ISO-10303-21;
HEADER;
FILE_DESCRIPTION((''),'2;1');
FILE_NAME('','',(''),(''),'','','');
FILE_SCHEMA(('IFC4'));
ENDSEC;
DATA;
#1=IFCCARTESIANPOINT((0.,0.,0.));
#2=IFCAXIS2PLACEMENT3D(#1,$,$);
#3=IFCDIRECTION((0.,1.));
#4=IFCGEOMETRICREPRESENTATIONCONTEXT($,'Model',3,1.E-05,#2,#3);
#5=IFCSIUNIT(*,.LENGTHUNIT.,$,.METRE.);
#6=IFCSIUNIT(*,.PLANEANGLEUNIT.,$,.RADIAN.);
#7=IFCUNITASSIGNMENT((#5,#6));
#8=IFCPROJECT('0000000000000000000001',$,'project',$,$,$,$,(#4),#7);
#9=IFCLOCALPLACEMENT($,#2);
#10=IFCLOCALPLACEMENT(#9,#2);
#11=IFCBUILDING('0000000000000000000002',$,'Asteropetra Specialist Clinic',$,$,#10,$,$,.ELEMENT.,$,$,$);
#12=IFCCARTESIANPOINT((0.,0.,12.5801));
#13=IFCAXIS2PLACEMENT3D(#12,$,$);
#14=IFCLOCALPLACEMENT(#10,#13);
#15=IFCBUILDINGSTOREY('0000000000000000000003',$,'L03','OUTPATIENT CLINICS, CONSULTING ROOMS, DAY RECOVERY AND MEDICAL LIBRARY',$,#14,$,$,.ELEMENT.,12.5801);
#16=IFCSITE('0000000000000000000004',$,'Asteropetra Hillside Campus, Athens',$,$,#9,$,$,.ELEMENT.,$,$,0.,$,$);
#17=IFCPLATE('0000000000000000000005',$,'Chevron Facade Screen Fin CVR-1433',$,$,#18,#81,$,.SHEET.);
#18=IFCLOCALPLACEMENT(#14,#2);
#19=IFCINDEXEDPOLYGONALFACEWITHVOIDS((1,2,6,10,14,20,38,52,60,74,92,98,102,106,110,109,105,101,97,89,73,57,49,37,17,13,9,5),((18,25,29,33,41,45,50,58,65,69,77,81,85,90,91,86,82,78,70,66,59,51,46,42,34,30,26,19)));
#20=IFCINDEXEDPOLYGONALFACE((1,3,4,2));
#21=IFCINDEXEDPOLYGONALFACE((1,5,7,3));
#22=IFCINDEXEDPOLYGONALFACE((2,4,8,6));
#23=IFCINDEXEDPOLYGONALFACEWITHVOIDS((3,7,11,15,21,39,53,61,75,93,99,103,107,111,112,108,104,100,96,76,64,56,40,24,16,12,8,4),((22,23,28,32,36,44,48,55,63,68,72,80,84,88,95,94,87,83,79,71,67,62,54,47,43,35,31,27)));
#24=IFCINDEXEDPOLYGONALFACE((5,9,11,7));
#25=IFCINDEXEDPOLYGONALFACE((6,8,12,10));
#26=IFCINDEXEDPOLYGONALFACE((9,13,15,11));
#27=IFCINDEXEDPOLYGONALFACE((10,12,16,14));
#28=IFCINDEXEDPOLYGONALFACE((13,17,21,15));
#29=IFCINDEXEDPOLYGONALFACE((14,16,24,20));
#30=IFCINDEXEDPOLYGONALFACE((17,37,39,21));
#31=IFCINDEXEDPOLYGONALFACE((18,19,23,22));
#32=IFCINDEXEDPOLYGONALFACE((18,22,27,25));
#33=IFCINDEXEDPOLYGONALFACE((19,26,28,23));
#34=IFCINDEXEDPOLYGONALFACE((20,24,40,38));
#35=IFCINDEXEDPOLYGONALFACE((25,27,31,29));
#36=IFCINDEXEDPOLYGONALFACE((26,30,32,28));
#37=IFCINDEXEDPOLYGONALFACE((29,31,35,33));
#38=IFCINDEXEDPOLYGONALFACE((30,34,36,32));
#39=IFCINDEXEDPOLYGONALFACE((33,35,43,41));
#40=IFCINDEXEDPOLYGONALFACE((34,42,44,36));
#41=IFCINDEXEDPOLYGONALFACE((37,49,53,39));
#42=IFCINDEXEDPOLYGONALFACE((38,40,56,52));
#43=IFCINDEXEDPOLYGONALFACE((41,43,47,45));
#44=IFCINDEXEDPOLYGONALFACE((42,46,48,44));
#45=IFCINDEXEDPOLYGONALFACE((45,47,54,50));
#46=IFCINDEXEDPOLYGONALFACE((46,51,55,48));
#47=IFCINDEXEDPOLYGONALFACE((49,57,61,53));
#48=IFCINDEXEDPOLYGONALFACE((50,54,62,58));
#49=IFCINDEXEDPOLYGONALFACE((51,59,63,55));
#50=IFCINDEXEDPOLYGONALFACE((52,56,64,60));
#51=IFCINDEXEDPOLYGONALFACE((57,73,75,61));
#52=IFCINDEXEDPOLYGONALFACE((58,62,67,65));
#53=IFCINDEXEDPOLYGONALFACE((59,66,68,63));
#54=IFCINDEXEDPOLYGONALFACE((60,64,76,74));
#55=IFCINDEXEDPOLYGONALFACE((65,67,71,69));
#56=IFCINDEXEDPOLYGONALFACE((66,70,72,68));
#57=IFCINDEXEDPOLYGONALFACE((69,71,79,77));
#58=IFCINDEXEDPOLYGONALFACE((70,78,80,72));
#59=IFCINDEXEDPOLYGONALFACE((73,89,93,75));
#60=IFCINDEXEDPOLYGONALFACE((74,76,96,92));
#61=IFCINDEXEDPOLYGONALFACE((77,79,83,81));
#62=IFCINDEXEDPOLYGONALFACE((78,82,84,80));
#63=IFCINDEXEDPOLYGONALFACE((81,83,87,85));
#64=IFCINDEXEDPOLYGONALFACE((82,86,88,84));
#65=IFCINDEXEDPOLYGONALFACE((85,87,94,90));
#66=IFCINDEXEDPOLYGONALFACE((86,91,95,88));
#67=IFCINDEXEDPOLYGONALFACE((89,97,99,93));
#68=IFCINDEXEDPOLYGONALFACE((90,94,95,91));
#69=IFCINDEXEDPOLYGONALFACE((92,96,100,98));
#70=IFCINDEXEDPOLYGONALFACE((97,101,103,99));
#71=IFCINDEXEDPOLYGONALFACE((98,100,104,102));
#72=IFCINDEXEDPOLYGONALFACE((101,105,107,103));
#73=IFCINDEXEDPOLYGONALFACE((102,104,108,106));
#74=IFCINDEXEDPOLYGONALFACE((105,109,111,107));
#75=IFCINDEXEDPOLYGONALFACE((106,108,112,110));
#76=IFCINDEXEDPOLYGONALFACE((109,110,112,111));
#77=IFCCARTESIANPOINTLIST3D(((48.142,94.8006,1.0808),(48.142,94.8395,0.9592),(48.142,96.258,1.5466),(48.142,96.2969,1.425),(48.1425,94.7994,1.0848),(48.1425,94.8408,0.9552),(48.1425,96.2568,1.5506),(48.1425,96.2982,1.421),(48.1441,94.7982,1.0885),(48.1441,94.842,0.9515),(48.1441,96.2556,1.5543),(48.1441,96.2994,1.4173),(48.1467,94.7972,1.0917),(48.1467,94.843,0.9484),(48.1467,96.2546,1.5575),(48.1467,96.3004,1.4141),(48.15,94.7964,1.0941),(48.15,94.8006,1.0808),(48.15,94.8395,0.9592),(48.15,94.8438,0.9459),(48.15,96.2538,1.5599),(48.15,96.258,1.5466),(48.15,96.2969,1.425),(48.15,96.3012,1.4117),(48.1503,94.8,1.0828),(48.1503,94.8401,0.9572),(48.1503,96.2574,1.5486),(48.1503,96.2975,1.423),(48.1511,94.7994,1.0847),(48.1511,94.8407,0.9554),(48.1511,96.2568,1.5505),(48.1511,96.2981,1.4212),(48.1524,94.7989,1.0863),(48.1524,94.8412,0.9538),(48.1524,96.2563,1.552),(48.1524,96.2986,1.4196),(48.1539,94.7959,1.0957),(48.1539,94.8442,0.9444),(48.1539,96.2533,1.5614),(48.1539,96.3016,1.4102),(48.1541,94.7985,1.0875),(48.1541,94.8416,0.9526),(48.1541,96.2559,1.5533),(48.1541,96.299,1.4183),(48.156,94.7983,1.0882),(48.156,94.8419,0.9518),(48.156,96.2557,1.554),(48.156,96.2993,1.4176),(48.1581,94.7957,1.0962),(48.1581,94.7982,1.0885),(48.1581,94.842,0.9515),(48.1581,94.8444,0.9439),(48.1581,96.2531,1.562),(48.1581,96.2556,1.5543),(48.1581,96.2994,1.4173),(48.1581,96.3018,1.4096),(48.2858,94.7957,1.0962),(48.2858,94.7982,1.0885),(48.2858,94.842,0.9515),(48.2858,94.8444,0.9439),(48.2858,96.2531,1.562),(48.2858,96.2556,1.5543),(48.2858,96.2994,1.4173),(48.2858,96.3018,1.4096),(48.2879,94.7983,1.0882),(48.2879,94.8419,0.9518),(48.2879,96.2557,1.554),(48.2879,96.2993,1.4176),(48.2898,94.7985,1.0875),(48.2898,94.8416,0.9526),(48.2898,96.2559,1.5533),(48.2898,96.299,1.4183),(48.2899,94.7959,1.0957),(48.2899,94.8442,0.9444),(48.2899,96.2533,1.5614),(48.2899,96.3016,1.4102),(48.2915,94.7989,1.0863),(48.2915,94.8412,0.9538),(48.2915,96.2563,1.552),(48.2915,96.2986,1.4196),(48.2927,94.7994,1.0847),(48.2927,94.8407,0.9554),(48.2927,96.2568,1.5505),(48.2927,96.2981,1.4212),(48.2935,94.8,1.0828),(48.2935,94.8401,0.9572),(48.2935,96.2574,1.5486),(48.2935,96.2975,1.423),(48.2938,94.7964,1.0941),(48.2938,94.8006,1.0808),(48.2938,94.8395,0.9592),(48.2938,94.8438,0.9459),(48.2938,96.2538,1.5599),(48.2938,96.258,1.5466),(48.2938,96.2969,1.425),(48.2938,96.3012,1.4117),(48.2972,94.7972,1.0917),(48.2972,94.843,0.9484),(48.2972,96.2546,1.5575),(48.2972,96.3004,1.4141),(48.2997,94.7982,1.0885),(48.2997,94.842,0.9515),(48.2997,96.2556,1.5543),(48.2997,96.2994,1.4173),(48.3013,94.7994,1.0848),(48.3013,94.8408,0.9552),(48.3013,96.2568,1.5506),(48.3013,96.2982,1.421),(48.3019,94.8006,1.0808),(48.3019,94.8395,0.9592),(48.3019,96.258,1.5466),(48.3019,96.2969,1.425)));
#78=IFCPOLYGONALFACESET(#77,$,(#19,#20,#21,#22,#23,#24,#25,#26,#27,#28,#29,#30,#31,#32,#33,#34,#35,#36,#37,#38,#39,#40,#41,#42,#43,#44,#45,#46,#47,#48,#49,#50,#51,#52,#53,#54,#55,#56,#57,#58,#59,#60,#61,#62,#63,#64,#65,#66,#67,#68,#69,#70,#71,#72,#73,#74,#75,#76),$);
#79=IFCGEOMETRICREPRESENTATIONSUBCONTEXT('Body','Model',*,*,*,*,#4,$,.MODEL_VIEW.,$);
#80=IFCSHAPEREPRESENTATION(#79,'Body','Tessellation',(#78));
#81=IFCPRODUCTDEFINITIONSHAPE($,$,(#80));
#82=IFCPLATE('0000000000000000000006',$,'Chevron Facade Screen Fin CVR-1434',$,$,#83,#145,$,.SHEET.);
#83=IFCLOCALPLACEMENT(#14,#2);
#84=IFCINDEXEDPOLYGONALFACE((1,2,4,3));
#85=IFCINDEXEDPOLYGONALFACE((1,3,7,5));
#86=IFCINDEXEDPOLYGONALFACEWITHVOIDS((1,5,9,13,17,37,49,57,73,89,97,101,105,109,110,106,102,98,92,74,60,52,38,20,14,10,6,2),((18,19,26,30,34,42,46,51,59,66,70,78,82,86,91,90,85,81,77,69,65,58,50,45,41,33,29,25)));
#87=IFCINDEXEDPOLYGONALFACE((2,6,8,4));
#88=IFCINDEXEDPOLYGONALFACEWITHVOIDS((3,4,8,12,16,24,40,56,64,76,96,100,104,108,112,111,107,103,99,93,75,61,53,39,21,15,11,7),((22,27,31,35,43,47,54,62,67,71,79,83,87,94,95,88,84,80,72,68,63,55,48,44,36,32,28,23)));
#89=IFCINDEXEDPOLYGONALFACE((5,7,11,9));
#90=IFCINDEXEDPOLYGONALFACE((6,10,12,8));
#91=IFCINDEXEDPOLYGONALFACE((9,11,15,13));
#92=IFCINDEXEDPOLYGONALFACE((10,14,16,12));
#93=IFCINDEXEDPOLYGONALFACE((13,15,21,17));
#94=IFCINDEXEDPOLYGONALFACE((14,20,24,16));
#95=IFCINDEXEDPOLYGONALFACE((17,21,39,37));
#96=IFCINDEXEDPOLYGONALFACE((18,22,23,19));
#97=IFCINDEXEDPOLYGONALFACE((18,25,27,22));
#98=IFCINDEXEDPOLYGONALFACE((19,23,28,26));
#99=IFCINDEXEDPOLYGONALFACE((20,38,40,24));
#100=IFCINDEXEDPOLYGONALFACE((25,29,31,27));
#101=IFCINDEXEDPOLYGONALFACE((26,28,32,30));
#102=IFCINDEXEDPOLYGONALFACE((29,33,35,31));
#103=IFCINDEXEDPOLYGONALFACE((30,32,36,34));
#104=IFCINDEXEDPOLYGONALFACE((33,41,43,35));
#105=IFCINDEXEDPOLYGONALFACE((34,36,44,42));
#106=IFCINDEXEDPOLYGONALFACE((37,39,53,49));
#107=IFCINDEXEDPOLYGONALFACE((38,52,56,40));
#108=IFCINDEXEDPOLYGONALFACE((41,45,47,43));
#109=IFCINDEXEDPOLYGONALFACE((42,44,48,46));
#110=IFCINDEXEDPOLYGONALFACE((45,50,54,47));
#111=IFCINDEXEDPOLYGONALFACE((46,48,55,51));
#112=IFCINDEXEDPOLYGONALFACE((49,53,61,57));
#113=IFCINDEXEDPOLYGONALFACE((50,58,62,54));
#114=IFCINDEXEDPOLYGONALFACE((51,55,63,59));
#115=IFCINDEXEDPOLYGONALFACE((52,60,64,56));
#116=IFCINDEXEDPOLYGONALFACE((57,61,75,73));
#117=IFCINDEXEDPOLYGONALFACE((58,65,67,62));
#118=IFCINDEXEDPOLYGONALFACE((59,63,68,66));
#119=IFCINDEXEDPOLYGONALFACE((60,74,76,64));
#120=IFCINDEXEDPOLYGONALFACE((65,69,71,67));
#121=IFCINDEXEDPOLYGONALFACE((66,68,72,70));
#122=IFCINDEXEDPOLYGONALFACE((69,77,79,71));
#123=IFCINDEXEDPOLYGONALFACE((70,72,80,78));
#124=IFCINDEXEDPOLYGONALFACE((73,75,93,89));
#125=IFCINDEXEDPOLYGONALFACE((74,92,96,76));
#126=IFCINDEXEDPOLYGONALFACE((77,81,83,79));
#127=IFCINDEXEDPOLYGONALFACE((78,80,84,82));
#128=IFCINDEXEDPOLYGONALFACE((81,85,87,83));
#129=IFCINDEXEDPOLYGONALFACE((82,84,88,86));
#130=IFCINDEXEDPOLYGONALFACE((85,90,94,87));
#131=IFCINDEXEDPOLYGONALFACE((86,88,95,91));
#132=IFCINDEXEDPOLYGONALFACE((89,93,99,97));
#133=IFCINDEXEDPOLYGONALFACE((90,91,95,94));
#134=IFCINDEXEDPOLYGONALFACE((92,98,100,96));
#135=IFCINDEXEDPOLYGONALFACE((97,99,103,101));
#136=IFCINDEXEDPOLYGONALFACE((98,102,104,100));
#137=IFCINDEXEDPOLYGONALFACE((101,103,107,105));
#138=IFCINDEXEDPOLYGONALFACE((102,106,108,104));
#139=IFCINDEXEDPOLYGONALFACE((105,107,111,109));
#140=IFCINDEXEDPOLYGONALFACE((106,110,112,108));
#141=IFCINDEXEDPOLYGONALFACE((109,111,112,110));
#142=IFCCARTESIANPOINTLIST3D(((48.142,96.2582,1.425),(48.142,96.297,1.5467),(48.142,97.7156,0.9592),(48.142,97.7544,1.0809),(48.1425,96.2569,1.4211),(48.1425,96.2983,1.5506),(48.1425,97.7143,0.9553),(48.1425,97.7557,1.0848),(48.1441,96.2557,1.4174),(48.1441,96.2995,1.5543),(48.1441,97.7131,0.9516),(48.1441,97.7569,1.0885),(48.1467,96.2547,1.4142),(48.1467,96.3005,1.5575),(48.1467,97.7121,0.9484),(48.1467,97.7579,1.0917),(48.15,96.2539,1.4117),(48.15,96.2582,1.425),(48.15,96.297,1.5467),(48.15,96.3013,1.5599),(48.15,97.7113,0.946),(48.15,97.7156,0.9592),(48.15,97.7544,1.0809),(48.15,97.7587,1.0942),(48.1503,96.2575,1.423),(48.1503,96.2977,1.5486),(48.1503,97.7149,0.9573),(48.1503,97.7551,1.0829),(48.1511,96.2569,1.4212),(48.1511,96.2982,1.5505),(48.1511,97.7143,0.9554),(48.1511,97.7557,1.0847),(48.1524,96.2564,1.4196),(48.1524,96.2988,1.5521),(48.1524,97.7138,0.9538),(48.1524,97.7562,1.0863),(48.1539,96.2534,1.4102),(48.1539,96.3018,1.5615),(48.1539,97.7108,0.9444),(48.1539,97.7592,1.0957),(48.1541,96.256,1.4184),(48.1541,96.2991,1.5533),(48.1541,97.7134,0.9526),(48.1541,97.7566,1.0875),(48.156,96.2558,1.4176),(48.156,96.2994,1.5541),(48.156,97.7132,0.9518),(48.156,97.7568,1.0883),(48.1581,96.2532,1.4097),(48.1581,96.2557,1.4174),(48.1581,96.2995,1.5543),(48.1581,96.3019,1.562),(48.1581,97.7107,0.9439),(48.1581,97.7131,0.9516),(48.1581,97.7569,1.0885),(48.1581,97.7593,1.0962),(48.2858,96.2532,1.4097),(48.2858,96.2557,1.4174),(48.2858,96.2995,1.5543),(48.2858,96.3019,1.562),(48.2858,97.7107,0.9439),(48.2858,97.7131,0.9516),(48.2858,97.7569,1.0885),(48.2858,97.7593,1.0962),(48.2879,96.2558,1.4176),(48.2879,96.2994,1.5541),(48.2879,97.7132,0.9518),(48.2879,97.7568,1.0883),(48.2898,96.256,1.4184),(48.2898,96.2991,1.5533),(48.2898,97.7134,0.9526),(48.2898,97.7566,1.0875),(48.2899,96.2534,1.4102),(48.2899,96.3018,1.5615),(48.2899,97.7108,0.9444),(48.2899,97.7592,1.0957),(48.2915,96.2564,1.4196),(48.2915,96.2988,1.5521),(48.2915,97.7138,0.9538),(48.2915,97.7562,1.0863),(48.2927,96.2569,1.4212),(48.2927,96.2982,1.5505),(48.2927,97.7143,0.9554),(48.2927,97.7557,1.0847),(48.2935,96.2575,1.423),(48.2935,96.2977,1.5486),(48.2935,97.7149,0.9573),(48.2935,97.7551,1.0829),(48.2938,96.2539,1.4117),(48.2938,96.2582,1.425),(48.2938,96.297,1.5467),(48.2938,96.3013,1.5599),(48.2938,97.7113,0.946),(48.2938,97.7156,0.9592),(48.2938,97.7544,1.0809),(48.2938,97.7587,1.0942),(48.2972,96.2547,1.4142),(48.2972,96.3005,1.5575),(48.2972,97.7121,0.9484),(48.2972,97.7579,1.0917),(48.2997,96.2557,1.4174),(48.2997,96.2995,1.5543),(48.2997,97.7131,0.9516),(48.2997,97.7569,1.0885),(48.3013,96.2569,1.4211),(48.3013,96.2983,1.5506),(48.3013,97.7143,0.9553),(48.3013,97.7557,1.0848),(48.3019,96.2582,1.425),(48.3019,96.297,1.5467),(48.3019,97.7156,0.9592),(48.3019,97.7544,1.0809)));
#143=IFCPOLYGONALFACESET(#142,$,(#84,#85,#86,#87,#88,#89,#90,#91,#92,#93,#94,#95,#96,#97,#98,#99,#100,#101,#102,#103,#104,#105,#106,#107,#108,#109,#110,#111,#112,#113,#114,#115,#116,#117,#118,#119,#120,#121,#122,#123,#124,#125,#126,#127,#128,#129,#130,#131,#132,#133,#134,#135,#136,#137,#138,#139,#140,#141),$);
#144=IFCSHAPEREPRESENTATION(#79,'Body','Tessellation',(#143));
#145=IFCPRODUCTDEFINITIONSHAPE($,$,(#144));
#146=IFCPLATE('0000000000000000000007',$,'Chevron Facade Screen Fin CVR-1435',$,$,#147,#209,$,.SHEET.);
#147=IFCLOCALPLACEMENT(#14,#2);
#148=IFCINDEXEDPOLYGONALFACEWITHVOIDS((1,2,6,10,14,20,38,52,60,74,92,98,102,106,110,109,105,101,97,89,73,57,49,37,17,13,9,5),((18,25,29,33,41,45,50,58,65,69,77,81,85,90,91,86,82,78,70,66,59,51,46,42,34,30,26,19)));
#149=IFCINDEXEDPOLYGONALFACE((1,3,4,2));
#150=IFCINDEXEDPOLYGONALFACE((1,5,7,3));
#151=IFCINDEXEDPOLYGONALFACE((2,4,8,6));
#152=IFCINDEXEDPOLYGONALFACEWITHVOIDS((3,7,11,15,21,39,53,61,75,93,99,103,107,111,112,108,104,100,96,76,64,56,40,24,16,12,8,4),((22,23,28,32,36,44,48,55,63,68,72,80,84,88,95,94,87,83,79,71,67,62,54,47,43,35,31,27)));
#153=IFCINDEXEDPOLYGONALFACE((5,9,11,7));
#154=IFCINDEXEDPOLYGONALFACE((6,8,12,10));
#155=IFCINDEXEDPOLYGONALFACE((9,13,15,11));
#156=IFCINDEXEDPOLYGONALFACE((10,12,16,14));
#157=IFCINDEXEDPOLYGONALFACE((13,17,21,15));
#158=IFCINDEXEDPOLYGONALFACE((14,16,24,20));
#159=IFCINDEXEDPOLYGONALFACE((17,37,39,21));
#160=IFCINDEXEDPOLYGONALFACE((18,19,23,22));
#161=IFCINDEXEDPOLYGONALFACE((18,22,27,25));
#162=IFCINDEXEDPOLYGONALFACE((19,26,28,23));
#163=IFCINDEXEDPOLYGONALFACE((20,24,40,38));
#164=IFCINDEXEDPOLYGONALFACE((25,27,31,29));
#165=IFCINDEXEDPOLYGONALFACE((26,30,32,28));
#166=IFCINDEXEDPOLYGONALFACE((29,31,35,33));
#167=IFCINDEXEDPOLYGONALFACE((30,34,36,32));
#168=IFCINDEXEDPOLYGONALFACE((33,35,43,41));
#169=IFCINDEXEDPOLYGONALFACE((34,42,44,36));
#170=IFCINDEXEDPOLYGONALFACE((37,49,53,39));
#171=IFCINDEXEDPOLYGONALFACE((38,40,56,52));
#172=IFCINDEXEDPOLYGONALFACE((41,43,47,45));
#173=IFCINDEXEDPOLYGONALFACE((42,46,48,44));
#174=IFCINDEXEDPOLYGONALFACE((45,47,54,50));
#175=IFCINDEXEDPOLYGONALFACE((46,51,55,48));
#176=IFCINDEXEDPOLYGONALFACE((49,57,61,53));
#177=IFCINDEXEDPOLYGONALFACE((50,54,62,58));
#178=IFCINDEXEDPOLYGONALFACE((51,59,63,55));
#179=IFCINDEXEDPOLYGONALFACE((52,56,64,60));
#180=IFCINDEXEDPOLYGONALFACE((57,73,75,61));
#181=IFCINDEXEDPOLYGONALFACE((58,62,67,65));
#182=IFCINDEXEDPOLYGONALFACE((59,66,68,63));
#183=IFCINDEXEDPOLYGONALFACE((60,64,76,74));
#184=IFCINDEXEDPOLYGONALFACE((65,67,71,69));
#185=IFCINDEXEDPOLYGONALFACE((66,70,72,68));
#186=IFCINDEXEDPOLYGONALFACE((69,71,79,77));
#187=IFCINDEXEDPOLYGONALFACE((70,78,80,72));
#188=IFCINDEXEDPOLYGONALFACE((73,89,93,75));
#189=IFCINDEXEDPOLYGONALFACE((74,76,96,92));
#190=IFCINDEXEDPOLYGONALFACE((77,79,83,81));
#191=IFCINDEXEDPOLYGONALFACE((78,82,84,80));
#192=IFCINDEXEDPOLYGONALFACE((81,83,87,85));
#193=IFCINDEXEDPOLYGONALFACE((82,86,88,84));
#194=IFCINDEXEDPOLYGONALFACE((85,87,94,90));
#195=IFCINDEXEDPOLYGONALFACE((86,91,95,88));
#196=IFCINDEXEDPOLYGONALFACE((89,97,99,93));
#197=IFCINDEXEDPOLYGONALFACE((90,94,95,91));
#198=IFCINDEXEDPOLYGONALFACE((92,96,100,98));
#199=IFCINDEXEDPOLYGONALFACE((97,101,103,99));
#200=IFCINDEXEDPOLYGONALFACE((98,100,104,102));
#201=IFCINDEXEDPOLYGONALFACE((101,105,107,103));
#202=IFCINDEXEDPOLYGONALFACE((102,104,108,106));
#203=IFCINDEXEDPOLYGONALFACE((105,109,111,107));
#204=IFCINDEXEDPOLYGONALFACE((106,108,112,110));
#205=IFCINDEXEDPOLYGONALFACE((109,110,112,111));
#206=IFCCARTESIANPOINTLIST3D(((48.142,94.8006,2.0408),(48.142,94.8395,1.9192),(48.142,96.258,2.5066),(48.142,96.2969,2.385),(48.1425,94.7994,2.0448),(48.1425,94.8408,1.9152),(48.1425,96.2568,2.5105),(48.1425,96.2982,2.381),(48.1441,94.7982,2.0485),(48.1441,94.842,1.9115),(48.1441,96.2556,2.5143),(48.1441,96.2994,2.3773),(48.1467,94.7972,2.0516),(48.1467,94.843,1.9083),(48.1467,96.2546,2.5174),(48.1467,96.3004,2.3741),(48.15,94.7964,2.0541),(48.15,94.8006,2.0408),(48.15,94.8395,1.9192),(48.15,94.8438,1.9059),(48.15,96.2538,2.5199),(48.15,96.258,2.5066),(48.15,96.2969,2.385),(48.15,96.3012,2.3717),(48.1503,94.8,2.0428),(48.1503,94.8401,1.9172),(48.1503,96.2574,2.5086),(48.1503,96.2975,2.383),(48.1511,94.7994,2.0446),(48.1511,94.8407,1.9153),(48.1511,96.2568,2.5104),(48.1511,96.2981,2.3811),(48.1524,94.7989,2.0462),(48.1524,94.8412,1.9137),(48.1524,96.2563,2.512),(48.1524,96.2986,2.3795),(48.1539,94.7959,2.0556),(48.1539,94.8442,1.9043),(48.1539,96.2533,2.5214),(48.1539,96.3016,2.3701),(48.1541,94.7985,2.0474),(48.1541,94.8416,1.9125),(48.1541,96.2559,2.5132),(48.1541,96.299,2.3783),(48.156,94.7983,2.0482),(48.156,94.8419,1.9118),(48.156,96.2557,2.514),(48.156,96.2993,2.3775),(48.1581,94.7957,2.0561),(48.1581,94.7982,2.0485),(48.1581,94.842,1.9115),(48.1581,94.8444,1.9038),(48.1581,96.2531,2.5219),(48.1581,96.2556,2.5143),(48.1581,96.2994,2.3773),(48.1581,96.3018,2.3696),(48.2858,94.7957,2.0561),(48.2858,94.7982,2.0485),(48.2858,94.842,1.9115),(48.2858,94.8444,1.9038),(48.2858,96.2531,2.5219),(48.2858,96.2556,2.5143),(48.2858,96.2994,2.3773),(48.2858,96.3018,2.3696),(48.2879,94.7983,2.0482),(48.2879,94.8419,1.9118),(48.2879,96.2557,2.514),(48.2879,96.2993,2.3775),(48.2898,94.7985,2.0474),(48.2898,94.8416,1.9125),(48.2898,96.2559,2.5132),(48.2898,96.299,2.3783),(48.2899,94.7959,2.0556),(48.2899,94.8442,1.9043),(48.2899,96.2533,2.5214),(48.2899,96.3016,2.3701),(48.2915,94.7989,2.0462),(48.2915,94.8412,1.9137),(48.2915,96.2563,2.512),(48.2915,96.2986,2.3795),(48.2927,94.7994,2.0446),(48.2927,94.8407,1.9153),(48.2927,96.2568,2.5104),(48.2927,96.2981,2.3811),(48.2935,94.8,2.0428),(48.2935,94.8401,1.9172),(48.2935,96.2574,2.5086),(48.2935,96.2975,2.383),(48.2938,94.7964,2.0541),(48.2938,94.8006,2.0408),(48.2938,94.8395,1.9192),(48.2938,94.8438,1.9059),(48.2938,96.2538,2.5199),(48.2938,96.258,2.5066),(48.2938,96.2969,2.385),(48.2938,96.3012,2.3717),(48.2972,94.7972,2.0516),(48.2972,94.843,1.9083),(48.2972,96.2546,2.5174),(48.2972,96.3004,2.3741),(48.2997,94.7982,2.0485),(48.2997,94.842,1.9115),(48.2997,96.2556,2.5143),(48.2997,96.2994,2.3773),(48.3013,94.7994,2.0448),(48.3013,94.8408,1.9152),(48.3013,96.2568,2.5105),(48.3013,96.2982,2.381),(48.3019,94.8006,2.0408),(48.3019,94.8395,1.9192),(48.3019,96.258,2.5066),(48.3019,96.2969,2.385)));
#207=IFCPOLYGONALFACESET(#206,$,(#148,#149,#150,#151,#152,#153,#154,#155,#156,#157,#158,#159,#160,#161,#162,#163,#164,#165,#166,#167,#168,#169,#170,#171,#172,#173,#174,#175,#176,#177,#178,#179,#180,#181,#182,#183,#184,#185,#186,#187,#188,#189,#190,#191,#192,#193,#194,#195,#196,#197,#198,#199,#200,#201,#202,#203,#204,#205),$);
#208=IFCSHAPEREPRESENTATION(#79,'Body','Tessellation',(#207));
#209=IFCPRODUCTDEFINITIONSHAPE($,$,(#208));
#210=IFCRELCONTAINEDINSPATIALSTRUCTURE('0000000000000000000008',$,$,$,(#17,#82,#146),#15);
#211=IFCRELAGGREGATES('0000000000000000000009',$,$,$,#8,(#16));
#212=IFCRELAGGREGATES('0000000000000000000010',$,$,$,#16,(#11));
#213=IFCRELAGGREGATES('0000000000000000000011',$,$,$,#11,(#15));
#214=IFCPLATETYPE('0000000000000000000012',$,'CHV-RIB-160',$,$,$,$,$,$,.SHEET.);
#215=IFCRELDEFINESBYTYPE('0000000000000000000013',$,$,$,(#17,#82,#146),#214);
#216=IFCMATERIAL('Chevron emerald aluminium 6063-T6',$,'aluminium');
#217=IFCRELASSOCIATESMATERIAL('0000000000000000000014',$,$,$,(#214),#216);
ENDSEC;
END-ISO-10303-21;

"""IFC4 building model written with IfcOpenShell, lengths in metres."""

from ifc_helpers import new_model, si_unit, direction, frame, origin, origin_2d, place, context, subcontext, project, spatial, hollow_rectangle, extrude, material, material_profile, profile_set, type_object, element, save


model = new_model("IFC4")

# Units and contexts
model_context = context("Model", 3, precision=1e-05, world=origin(), true_north=direction((0.0, 1.0)))
body_context = subcontext(model_context, "Body", "Model", "MODEL_VIEW")
ifc_project = project(units=[si_unit("LENGTHUNIT", "METRE"), si_unit("PLANEANGLEUNIT", "RADIAN")], contexts=[model_context])

# Site, building, storey
site_placement = place(None, origin())
site = spatial("IfcSite", under=ifc_project, at=site_placement, Name="Asteropetra Hillside Campus, Athens", CompositionType="ELEMENT", RefElevation=0.0)
building_placement = place(site_placement, origin())
building = spatial("IfcBuilding", under=site, at=building_placement, Name="Asteropetra Specialist Clinic", CompositionType="ELEMENT")
storey_placement = place(building_placement, frame((0.0, 0.0, 12.5801)))
storey = spatial("IfcBuildingStorey", under=building, at=storey_placement, Name="L03", Description="OUTPATIENT CLINICS, CONSULTING ROOMS, DAY RECOVERY AND MEDICAL LIBRARY", CompositionType="ELEMENT", Elevation=12.5801)

# Plates
ifc_material_1 = material(Name="Chevron emerald aluminium 6063-T6", Category="aluminium")
ifc_material_profile_1 = material_profile(ifc_material_1, hollow_rectangle(XDim=0.1599, YDim=0.1599, WallThickness=0.0081, InnerFilletRadius=0.0081, OuterFilletRadius=0.0161, at=origin_2d()), Name="SHS 160x160x8.0")
ifc_profile_set_1 = profile_set([ifc_material_profile_1], Name="Chevron emerald aluminium 6063-T6")
plate_type_1 = type_object("IfcPlateType", Name="CHV-RIB-160", PredefinedType="SHEET", material=ifc_profile_set_1)
for number, where, z_axis, x_axis, name in (
    (1, (48.2219, 94.8201, 1.02), (0.0, 0.952535, 0.304428), (-1.0, 0.0, 0.0), "Chevron Facade Screen Fin CVR-1433"),
    (2, (48.2219, 96.2776, 1.4858), (0.0, 0.952535, -0.304428), (-1.0, 0.0, 0.0), "Chevron Facade Screen Fin CVR-1434"),
    (3, (48.2219, 94.8201, 1.98), (0.0, 0.952535, 0.304428), (-1.0, 0.0, 0.0), "Chevron Facade Screen Fin CVR-1435"),
):
    element("IfcPlate", number, at=place(storey_placement, frame(where, z_axis=z_axis, x_axis=x_axis)), inside=storey, type_object=plate_type_1, Name=name, PredefinedType="SHEET", context=body_context, shape_type="SweptSolid", body=[
        extrude(hollow_rectangle(XDim=0.1599, YDim=0.1599, WallThickness=0.0081, InnerFilletRadius=0.0081, OuterFilletRadius=0.0161, at=origin_2d()), origin(), (0.0, 0.0, 1.0), 1.53),
    ])

save(model, "model.ifc")
